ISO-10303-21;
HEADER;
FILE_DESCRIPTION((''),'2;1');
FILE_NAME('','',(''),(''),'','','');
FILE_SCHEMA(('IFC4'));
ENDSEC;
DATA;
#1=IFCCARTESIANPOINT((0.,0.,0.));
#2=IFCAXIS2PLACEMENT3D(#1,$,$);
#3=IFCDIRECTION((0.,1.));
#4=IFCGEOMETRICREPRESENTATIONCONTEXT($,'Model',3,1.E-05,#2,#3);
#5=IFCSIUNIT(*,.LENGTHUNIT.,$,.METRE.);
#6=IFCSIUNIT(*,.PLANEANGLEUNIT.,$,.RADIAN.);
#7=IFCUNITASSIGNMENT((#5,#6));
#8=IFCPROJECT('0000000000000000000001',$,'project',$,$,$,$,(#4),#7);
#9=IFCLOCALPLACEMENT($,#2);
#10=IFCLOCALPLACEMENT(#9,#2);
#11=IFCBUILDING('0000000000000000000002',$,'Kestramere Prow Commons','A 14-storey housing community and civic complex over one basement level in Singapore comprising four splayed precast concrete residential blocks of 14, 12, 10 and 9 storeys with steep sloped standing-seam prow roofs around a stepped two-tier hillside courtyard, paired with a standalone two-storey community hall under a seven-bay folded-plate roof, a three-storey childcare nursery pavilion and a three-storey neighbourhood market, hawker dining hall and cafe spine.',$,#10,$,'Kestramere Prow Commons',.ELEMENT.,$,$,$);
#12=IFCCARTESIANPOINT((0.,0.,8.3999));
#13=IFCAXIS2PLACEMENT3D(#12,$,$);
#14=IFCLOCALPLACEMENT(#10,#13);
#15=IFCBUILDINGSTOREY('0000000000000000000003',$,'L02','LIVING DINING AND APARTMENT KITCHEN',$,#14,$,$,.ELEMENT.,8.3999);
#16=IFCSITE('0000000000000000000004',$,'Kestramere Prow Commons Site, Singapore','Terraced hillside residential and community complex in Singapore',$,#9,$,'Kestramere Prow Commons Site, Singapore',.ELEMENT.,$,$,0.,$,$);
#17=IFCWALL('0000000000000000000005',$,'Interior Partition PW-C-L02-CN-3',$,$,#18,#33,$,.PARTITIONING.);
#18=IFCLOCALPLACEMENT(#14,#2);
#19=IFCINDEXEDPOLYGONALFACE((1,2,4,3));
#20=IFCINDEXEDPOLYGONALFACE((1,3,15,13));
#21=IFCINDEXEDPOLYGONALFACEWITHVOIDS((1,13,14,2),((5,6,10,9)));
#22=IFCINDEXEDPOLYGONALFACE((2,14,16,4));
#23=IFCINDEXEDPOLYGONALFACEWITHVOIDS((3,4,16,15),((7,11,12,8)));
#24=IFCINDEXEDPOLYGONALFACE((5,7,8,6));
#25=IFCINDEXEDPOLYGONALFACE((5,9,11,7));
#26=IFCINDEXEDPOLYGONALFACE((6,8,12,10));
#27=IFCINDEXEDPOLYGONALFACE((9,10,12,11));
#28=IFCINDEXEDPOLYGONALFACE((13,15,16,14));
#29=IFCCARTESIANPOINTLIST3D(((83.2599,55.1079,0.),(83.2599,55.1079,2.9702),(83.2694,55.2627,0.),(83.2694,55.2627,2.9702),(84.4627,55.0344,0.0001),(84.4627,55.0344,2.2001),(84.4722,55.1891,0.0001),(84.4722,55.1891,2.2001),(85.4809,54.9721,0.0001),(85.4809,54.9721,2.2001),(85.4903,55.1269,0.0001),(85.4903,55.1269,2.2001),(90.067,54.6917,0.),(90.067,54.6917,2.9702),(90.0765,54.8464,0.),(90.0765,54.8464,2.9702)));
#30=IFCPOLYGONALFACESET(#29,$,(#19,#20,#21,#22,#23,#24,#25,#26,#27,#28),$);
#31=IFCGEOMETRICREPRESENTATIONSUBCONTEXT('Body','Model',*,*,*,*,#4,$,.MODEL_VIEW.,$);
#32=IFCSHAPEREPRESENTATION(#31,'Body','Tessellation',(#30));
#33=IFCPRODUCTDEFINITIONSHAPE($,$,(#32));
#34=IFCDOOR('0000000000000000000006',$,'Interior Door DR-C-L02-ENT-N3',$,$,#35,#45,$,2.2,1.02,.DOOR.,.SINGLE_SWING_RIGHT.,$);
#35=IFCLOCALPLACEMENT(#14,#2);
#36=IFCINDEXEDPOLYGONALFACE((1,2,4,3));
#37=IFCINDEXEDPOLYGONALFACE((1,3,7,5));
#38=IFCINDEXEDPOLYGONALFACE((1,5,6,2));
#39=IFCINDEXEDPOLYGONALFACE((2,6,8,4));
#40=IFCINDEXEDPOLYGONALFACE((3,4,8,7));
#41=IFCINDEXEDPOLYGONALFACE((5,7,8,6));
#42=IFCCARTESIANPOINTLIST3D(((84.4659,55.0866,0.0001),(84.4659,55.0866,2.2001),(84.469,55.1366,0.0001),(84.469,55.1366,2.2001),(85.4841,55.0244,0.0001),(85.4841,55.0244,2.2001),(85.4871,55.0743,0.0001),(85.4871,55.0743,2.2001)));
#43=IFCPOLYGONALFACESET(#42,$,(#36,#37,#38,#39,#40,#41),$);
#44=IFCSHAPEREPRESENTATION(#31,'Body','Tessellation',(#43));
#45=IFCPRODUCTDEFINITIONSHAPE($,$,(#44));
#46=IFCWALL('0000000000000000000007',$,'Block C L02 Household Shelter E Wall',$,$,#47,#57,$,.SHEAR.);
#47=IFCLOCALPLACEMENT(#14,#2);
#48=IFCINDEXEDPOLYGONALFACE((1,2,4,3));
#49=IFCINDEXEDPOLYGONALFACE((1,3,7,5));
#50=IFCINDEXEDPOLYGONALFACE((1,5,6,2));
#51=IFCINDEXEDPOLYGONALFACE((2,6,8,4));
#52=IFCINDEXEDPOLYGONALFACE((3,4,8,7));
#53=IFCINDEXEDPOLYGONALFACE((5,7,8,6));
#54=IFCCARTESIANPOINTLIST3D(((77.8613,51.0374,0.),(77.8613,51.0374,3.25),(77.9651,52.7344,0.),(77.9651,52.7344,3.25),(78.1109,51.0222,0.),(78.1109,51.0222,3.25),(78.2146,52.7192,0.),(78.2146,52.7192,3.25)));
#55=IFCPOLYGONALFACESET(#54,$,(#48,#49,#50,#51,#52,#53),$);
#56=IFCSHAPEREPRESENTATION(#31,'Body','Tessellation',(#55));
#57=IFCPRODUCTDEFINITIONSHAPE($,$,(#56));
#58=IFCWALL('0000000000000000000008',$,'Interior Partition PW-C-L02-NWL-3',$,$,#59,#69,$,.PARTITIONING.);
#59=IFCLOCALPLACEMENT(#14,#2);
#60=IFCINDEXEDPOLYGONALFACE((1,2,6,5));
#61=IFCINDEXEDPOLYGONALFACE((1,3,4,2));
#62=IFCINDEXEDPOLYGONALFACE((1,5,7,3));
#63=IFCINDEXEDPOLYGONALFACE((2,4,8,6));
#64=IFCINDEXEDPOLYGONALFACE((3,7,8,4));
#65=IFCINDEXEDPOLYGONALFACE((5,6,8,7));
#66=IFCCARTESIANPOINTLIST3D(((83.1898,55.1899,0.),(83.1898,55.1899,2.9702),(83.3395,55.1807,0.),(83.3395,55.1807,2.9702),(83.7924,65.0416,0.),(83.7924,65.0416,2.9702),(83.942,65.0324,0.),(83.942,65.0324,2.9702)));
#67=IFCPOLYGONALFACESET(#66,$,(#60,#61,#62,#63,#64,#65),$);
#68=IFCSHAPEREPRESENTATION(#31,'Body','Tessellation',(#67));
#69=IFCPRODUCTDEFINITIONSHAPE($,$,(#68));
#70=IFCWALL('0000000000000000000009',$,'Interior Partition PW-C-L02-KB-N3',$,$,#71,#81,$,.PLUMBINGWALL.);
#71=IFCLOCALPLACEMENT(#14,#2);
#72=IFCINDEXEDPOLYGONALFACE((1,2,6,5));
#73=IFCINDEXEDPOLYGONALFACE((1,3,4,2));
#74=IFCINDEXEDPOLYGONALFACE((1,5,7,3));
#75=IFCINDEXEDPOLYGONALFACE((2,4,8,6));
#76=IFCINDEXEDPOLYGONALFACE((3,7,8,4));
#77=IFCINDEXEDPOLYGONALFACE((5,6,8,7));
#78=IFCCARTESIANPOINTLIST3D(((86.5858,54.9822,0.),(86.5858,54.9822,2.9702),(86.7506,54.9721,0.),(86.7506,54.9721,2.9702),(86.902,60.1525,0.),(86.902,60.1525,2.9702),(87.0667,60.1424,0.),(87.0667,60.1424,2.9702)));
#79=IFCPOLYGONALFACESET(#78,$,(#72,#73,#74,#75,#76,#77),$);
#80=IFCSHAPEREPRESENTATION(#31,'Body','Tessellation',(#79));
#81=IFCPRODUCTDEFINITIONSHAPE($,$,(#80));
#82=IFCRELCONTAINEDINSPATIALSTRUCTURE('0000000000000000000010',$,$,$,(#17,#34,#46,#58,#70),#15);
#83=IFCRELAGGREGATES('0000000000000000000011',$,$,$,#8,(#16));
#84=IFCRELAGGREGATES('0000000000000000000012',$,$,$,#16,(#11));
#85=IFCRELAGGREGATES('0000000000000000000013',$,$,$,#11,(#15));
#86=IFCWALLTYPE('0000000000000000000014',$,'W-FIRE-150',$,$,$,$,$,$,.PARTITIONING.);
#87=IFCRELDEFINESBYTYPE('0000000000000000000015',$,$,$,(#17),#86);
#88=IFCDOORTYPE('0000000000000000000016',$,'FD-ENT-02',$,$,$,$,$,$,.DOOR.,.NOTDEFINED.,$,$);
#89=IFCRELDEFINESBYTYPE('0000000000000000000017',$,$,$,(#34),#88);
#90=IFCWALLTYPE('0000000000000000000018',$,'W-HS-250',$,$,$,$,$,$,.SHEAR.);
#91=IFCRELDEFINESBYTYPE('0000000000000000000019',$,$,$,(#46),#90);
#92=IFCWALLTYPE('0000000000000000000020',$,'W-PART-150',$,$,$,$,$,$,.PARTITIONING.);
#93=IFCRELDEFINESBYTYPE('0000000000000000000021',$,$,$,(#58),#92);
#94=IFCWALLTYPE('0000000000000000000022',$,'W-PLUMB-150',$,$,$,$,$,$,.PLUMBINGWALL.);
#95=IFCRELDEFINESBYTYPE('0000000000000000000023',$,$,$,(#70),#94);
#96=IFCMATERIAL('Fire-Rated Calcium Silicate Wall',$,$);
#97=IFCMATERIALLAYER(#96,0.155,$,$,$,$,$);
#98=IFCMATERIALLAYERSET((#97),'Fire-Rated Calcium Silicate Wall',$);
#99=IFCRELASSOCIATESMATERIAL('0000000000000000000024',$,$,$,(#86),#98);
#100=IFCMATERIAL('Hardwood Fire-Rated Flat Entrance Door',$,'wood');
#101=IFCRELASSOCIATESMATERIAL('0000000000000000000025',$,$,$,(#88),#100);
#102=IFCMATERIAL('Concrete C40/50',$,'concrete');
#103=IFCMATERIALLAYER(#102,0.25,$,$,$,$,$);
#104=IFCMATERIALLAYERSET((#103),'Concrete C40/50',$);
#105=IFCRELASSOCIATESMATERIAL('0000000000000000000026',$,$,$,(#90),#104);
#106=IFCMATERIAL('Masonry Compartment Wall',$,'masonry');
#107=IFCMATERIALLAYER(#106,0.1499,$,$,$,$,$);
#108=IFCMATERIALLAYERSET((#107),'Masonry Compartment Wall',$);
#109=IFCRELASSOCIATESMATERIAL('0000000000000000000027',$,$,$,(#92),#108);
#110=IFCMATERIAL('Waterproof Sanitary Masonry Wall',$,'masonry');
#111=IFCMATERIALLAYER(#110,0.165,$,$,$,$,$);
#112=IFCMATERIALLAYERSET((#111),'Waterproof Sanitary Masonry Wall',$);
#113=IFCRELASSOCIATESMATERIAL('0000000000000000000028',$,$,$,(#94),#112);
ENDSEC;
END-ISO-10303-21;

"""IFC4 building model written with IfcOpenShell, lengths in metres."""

from ifc_helpers import new_model, si_unit, direction, frame, frame_2d, origin, place, context, subcontext, project, spatial, rectangle, extrude, material, layer, layer_set, type_object, element, fill, save


model = new_model("IFC4")

# Units and contexts
model_context = context("Model", 3, precision=1e-05, world=origin(), true_north=direction((0.0, 1.0)))
body_context = subcontext(model_context, "Body", "Model", "MODEL_VIEW")
ifc_project = project(units=[si_unit("LENGTHUNIT", "METRE"), si_unit("PLANEANGLEUNIT", "RADIAN")], contexts=[model_context])

# Site, building, storey
site_placement = place(None, origin())
site = spatial("IfcSite", under=ifc_project, at=site_placement, Name="Kestramere Prow Commons Site, Singapore", Description="Terraced hillside residential and community complex in Singapore", LongName="Kestramere Prow Commons Site, Singapore", CompositionType="ELEMENT", RefElevation=0.0)
building_placement = place(site_placement, origin())
building = spatial("IfcBuilding", under=site, at=building_placement, Name="Kestramere Prow Commons", Description="A 14-storey housing community and civic complex over one basement level in Singapore comprising four splayed precast concrete residential blocks of 14, 12, 10 and 9 storeys with steep sloped standing-seam prow roofs around a stepped two-tier hillside courtyard, paired with a standalone two-storey community hall under a seven-bay folded-plate roof, a three-storey childcare nursery pavilion and a three-storey neighbourhood market, hawker dining hall and cafe spine.", LongName="Kestramere Prow Commons", CompositionType="ELEMENT")
storey_placement = place(building_placement, frame((0.0, 0.0, 8.3999)))
storey = spatial("IfcBuildingStorey", under=building, at=storey_placement, Name="L02", Description="LIVING DINING AND APARTMENT KITCHEN", CompositionType="ELEMENT", Elevation=8.3999)

# Shared definitions
ifc_material_1 = material(Name="Concrete C40/50", Category="concrete")

# Shared definitions
ifc_material_2 = material(Name="Fire-Rated Calcium Silicate Wall")
ifc_layer_1 = layer(ifc_material_2, 0.155)
ifc_layer_set_1 = layer_set([ifc_layer_1], Name="Fire-Rated Calcium Silicate Wall")
wall_type_1 = type_object("IfcWallType", Name="W-FIRE-150", PredefinedType="PARTITIONING", material=ifc_layer_set_1)

# Wall, opening, door
ifc_material_3 = material(Name="Hardwood Fire-Rated Flat Entrance Door", Category="wood")
door_type_1 = type_object("IfcDoorType", Name="FD-ENT-02", OperationType="NOTDEFINED", PredefinedType="DOOR", material=ifc_material_3)
wall_1_placement = place(storey_placement, frame((83.2646, 55.1853, 0.0), z_axis=(0.0, 0.0, 1.0), x_axis=(0.998136, -0.061037, 0.0)))
wall_1 = element("IfcWall", 1, at=wall_1_placement, inside=storey, type_object=wall_type_1, Name="Interior Partition PW-C-L02-CN-3", PredefinedType="PARTITIONING", context=body_context, shape_type="SweptSolid", body=[
    extrude(rectangle(XDim=6.8198, YDim=0.155, at=frame_2d((3.4099, 0.0))), origin(), (0.0, 0.0, 1.0), 2.9702),
])
opening_1_placement = place(wall_1_placement, frame((1.2051, 0.0, 0.0)))
opening_1 = element("IfcOpeningElement", 2, at=opening_1_placement, cuts=wall_1, PredefinedType="OPENING", context=body_context, shape_type="SweptSolid", body=[
    extrude(rectangle(XDim=1.02, YDim=2.2, at=frame_2d((0.51, 1.1001))), frame((0.0, 0.0925, 0.0), z_axis=(0.0, -1.0, 0.0), x_axis=(1.0, 0.0, 0.0)), (0.0, 0.0, 1.0), 0.1851),
])
door_1_placement = place(opening_1_placement, origin())
door_1 = element("IfcDoor", 3, at=door_1_placement, inside=storey, type_object=door_type_1, Name="Interior Door DR-C-L02-ENT-N3", OperationType="SINGLE_SWING_RIGHT", OverallHeight=2.2, OverallWidth=1.02, PredefinedType="DOOR", context=body_context, shape_type="SweptSolid", body=[
    extrude(rectangle(XDim=1.02, YDim=2.2, at=frame_2d((0.51, 1.1001))), frame((0.0, 0.0249, 0.0), z_axis=(0.0, -1.0, 0.0), x_axis=(1.0, 0.0, 0.0)), (0.0, 0.0, 1.0), 0.05),
])
fill(opening_1, door_1)

# Walls
ifc_layer_2 = layer(ifc_material_1, 0.25)
ifc_layer_set_2 = layer_set([ifc_layer_2], Name="Concrete C40/50")
wall_type_2 = type_object("IfcWallType", Name="W-HS-250", PredefinedType="SHEAR", material=ifc_layer_set_2)
wall_2_placement = place(storey_placement, frame((77.9861, 51.0298, 0.0), z_axis=(0.0, 0.0, 1.0), x_axis=(0.061028, 0.998136, 0.0)))
element("IfcWall", 4, at=wall_2_placement, inside=storey, type_object=wall_type_2, Name="Block C L02 Household Shelter E Wall", PredefinedType="SHEAR", context=body_context, shape_type="SweptSolid", body=[
    extrude(rectangle(XDim=1.7002, YDim=0.25, at=frame_2d((0.8501, 0.0))), origin(), (0.0, 0.0, 1.0), 3.25),
])
ifc_material_4 = material(Name="Masonry Compartment Wall", Category="masonry")
ifc_layer_3 = layer(ifc_material_4, 0.1499)
ifc_layer_set_3 = layer_set([ifc_layer_3], Name="Masonry Compartment Wall")
wall_type_3 = type_object("IfcWallType", Name="W-PART-150", PredefinedType="PARTITIONING", material=ifc_layer_set_3)
wall_3_placement = place(storey_placement, frame((83.2646, 55.1853, 0.0), z_axis=(0.0, 0.0, 1.0), x_axis=(0.061046, 0.998135, 0.0)))
element("IfcWall", 5, at=wall_3_placement, inside=storey, type_object=wall_type_3, Name="Interior Partition PW-C-L02-NWL-3", PredefinedType="PARTITIONING", context=body_context, shape_type="SweptSolid", body=[
    extrude(rectangle(XDim=9.8701, YDim=0.1499, at=frame_2d((4.9351, 0.0))), origin(), (0.0, 0.0, 1.0), 2.9702),
])
ifc_material_5 = material(Name="Waterproof Sanitary Masonry Wall", Category="masonry")
ifc_layer_4 = layer(ifc_material_5, 0.165)
ifc_layer_set_4 = layer_set([ifc_layer_4], Name="Waterproof Sanitary Masonry Wall")
wall_type_4 = type_object("IfcWallType", Name="W-PLUMB-150", PredefinedType="PLUMBINGWALL", material=ifc_layer_set_4)
wall_4_placement = place(storey_placement, frame((86.6682, 54.9773, 0.0), z_axis=(0.0, 0.0, 1.0), x_axis=(0.061037, 0.998135, 0.0)))
element("IfcWall", 6, at=wall_4_placement, inside=storey, type_object=wall_type_4, Name="Interior Partition PW-C-L02-KB-N3", PredefinedType="PLUMBINGWALL", context=body_context, shape_type="SweptSolid", body=[
    extrude(rectangle(XDim=5.1799, YDim=0.165, at=frame_2d((2.5898, 0.0))), origin(), (0.0, 0.0, 1.0), 2.9702),
])

save(model, "model.ifc")
